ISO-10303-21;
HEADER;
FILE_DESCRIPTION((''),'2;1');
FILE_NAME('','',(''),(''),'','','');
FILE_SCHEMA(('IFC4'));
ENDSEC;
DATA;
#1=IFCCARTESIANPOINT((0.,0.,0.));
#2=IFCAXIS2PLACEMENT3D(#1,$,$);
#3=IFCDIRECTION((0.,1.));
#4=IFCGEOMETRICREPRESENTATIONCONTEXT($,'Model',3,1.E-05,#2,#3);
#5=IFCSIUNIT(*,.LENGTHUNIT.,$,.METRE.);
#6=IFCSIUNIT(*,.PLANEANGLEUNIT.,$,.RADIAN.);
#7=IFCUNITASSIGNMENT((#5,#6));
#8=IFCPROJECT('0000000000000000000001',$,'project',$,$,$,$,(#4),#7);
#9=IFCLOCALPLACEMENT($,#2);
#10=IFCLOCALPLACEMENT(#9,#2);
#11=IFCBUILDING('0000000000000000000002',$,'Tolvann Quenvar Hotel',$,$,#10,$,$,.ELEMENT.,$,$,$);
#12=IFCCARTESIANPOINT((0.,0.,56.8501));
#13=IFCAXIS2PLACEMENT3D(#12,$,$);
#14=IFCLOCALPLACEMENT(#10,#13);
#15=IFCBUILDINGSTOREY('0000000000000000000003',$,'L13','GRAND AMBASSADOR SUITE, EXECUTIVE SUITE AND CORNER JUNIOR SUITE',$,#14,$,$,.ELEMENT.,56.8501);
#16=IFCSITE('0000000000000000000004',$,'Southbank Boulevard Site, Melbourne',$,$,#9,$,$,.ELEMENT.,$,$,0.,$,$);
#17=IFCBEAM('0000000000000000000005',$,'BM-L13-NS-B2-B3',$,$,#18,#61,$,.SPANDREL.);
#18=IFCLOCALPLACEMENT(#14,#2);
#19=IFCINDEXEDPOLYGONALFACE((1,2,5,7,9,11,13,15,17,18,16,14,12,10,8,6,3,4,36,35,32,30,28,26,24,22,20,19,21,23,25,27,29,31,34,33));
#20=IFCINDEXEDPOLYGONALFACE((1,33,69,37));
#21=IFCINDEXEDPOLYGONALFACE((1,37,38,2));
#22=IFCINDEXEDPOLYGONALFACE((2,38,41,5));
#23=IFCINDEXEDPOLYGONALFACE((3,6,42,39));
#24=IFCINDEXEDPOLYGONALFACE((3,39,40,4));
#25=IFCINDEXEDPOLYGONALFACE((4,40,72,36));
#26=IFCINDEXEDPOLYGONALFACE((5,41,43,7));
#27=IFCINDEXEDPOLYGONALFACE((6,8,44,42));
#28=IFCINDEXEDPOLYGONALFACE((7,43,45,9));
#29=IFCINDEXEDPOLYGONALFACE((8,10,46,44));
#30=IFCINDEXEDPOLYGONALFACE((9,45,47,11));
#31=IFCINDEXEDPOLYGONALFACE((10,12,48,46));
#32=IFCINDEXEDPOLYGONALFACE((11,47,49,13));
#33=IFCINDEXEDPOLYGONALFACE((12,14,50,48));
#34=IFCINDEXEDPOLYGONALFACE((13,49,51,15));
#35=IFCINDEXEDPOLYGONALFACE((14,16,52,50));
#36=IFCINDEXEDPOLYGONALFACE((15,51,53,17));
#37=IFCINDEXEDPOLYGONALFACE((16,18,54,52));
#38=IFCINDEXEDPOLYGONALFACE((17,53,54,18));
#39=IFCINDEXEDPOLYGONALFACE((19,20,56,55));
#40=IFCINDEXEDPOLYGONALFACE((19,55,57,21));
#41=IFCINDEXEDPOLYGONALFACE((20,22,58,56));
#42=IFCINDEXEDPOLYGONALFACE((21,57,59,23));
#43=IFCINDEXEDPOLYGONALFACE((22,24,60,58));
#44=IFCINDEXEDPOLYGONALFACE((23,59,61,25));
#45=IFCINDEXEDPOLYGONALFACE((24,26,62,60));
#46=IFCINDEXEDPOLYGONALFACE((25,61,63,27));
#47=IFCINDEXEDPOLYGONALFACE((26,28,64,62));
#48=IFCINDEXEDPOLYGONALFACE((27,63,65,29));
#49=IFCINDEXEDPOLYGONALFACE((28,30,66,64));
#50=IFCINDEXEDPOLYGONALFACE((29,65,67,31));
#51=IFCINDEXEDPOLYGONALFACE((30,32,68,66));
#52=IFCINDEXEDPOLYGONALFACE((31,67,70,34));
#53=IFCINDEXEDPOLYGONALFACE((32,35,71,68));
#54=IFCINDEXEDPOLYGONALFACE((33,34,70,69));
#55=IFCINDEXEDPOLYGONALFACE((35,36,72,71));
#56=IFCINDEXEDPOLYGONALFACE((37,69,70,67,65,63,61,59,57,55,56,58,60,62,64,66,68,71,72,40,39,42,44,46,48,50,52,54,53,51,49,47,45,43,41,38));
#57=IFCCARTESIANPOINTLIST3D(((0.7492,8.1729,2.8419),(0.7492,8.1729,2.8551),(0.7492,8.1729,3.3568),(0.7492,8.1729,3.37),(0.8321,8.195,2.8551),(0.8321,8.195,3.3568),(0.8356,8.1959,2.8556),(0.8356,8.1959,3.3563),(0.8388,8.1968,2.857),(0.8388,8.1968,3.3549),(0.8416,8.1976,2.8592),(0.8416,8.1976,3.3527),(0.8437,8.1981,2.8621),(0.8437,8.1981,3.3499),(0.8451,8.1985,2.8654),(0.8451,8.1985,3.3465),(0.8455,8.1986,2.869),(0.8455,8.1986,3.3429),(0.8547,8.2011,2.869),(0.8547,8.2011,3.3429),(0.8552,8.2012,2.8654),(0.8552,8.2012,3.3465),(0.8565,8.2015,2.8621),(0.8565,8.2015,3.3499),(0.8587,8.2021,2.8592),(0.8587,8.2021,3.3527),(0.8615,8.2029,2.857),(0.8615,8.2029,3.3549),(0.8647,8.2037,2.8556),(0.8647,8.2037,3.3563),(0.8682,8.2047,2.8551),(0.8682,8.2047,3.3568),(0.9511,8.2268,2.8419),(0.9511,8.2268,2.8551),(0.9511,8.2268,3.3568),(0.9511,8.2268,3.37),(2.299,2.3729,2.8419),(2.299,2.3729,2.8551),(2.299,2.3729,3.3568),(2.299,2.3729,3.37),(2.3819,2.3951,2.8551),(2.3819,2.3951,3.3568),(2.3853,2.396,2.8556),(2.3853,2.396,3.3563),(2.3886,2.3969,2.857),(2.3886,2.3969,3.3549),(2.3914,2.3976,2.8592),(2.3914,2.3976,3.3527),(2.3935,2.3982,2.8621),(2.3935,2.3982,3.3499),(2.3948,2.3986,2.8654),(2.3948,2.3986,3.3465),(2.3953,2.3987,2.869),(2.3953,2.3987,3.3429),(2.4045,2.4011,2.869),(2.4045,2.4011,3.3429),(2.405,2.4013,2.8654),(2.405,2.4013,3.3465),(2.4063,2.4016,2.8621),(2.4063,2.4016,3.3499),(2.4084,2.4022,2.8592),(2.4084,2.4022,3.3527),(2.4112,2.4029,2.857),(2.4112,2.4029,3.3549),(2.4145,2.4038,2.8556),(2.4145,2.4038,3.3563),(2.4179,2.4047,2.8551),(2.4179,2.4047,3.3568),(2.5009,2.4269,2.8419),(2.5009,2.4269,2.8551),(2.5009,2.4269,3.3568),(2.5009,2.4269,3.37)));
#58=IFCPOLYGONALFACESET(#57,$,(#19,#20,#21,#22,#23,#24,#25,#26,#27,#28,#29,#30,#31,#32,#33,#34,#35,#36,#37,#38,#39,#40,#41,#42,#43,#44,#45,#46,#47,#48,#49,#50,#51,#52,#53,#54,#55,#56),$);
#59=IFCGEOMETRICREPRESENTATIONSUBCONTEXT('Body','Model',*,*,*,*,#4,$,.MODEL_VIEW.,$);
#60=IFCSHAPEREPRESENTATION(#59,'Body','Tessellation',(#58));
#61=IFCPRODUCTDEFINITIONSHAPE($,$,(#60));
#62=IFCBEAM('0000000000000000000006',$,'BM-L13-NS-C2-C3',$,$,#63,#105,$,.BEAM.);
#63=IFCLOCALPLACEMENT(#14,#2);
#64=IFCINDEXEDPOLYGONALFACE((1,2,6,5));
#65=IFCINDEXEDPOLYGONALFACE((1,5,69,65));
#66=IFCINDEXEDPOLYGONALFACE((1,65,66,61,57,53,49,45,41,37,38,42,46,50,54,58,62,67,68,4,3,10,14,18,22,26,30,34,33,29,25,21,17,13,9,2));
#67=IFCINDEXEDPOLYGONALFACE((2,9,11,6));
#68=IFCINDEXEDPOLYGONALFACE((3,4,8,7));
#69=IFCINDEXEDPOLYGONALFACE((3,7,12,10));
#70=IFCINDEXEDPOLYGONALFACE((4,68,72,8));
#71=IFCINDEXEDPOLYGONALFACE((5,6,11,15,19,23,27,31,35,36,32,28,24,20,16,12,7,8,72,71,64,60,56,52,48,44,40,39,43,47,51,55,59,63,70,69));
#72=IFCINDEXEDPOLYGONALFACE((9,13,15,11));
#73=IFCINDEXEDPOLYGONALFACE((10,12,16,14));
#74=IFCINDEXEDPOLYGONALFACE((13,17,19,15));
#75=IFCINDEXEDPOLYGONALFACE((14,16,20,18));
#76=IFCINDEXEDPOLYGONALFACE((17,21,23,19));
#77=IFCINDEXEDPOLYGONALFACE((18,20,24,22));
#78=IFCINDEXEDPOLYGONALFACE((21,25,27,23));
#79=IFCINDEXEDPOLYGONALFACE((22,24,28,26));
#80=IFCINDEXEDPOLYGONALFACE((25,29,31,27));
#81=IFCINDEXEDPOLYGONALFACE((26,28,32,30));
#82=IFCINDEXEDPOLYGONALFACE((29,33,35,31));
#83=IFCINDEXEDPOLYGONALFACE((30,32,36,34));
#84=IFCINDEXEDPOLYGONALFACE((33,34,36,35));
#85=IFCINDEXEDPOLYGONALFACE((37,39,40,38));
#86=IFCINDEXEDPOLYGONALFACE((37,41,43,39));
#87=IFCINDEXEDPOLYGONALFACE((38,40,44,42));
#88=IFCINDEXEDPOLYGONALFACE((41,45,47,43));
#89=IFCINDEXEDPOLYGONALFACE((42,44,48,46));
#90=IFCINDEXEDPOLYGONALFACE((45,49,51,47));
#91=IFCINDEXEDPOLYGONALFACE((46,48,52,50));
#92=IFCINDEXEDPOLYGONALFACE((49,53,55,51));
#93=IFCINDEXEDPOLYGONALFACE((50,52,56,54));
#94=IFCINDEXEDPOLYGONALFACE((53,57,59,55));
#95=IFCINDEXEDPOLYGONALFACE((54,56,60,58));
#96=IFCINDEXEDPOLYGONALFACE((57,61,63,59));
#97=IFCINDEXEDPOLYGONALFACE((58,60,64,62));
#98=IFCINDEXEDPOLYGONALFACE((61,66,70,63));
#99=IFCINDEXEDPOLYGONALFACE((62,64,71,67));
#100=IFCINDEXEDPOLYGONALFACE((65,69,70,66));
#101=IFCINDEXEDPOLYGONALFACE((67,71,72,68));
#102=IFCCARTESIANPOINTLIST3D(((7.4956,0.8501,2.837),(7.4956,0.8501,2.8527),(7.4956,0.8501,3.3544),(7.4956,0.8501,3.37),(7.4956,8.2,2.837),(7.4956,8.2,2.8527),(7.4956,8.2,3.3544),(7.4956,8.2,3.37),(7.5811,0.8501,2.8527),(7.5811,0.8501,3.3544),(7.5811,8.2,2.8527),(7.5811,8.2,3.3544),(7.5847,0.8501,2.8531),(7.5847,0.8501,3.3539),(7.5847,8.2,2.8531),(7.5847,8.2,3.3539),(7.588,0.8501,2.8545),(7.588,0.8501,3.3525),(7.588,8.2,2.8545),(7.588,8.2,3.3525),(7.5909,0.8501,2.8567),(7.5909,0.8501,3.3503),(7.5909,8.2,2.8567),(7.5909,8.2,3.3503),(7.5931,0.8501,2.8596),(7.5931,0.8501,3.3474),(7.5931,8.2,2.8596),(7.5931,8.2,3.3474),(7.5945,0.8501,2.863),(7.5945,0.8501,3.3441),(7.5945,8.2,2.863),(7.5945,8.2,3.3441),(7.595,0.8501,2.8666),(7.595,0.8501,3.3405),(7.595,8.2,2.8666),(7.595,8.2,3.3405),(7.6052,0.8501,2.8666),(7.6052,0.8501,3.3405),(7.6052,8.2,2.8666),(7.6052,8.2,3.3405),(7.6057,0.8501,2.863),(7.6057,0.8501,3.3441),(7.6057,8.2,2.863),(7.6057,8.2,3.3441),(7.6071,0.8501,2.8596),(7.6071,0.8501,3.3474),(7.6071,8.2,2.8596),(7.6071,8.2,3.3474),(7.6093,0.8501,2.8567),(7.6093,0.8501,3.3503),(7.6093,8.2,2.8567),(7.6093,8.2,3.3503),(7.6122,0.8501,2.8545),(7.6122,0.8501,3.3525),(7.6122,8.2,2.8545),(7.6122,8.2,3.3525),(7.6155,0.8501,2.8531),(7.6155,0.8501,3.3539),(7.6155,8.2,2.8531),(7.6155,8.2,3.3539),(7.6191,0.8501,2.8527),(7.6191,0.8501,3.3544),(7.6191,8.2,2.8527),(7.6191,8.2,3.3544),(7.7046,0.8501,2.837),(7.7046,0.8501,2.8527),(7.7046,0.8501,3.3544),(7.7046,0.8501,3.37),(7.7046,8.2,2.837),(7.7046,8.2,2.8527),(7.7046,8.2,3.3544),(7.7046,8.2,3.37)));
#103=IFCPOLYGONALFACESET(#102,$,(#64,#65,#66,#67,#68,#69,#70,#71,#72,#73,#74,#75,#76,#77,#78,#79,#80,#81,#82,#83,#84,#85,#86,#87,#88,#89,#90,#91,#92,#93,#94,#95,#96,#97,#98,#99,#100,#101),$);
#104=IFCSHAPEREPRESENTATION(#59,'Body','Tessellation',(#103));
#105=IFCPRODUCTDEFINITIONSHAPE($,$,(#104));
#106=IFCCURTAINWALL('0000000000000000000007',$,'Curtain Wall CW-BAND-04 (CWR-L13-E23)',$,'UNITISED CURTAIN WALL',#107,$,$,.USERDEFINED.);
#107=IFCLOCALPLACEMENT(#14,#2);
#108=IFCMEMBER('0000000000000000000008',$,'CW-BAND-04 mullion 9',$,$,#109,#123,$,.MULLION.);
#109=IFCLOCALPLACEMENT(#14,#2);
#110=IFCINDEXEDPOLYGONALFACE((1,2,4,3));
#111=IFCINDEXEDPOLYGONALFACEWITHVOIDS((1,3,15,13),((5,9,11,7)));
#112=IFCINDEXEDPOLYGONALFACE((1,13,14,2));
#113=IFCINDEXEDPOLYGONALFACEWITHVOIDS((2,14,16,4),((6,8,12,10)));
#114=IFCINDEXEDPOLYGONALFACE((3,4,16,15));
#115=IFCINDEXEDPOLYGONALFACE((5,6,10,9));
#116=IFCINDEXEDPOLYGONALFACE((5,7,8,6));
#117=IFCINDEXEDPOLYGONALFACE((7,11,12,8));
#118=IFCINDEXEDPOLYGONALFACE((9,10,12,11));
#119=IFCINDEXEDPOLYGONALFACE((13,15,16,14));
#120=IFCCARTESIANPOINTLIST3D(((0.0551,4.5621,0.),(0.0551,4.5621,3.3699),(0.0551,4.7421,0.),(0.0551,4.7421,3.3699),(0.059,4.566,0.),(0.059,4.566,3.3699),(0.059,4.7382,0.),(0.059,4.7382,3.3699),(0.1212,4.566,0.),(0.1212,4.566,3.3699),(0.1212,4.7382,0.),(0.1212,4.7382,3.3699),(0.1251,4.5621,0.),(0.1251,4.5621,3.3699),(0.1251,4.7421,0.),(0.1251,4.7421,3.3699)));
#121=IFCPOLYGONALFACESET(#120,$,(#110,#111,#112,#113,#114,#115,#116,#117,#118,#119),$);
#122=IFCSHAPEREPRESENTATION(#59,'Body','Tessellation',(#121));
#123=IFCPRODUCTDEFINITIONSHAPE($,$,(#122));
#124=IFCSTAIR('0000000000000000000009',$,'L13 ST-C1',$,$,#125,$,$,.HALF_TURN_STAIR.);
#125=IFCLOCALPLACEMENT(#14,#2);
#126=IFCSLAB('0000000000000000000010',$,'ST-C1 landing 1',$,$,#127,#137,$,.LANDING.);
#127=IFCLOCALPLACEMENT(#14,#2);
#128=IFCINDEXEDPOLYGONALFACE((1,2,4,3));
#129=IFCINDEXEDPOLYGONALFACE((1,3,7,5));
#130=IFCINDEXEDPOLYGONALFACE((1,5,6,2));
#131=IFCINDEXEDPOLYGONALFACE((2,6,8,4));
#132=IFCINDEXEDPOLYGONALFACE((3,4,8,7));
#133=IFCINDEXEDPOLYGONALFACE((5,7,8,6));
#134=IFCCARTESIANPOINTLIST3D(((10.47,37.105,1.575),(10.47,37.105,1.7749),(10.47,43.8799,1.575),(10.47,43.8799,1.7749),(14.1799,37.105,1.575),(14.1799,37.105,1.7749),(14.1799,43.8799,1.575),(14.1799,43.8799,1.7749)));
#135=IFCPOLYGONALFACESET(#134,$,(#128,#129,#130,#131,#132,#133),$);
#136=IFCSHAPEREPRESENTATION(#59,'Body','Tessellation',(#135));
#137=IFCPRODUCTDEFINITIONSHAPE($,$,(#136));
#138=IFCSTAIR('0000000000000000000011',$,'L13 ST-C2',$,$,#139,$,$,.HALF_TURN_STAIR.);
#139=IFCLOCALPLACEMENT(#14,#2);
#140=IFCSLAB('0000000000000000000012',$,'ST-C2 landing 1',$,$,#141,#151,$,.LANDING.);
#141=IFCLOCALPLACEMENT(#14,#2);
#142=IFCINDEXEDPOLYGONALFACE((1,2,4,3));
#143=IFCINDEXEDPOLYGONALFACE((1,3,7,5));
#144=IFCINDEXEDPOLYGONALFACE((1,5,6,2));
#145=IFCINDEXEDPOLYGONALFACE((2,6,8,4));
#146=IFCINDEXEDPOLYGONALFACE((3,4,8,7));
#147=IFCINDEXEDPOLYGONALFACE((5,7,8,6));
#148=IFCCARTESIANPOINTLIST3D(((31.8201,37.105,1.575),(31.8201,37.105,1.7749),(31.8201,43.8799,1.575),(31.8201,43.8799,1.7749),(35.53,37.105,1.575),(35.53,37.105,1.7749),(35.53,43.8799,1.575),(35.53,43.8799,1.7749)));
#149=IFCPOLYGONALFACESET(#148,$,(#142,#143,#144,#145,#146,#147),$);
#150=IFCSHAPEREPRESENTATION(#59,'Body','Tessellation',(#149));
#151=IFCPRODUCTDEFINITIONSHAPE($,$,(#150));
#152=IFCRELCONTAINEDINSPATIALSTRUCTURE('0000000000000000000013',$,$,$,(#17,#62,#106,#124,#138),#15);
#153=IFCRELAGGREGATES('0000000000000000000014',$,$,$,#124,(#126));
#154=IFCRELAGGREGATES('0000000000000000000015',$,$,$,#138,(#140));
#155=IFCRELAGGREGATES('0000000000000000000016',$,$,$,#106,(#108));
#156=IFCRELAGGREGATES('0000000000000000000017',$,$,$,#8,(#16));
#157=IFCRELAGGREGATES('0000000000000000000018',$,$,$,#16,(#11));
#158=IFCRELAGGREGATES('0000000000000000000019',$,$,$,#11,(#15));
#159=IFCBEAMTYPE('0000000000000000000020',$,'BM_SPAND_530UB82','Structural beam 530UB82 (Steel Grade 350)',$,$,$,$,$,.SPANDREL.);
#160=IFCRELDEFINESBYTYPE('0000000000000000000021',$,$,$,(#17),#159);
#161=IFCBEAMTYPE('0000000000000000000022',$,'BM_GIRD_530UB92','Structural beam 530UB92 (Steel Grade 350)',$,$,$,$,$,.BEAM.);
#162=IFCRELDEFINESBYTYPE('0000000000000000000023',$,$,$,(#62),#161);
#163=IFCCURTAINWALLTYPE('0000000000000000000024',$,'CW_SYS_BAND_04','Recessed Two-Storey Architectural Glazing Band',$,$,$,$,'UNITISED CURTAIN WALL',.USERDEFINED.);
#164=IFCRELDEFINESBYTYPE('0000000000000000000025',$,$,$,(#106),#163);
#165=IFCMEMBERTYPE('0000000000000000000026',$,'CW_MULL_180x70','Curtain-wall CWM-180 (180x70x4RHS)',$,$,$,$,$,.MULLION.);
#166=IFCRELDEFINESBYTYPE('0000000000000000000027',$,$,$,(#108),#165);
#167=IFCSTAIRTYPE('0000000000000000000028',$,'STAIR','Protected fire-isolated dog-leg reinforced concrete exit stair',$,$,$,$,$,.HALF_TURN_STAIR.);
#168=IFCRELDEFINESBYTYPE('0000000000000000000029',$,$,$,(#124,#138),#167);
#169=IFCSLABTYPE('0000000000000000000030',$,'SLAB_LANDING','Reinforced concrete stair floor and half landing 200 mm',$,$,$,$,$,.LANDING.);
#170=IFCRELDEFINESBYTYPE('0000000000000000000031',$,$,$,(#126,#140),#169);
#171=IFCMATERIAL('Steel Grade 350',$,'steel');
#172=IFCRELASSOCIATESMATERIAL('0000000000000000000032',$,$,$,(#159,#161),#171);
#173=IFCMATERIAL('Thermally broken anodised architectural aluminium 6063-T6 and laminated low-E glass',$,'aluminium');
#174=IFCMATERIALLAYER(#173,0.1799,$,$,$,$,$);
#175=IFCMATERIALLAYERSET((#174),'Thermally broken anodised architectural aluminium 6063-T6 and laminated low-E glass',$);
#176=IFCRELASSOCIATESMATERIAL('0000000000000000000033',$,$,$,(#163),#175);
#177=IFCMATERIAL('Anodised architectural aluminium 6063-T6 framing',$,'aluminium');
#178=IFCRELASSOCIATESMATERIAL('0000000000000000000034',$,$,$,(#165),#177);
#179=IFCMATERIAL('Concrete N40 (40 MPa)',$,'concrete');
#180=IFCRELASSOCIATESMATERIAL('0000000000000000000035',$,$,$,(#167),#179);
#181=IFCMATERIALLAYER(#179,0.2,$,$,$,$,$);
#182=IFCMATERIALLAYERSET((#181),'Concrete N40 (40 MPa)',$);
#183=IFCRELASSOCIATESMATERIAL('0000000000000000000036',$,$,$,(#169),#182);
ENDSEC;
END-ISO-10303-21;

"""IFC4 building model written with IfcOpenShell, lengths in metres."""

from ifc_helpers import new_model, si_unit, direction, frame, origin, origin_2d, place, context, subcontext, project, spatial, polyline, hollow_rectangle, i_section, outline, extrude, source, transform, mapped, material, layer, layer_set, material_profile, profile_set, type_object, type_shapes, element, aggregate, save


model = new_model("IFC4")

# Units and contexts
model_context = context("Model", 3, precision=1e-05, world=origin(), true_north=direction((0.0, 1.0)))
body_context = subcontext(model_context, "Body", "Model", "MODEL_VIEW")
ifc_project = project(units=[si_unit("LENGTHUNIT", "METRE"), si_unit("PLANEANGLEUNIT", "RADIAN")], contexts=[model_context])

# Site, building, storey
site_placement = place(None, origin())
site = spatial("IfcSite", under=ifc_project, at=site_placement, Name="Southbank Boulevard Site, Melbourne", CompositionType="ELEMENT", RefElevation=0.0)
building_placement = place(site_placement, origin())
building = spatial("IfcBuilding", under=site, at=building_placement, Name="Tolvann Quenvar Hotel", CompositionType="ELEMENT")
storey_placement = place(building_placement, frame((0.0, 0.0, 56.8501)))
storey = spatial("IfcBuildingStorey", under=building, at=storey_placement, Name="L13", Description="GRAND AMBASSADOR SUITE, EXECUTIVE SUITE AND CORNER JUNIOR SUITE", CompositionType="ELEMENT", Elevation=56.8501)

# Beams
ifc_material_1 = material(Name="Steel Grade 350", Category="steel")
ifc_material_profile_1 = material_profile(ifc_material_1, i_section(OverallWidth=0.209, OverallDepth=0.5281, WebThickness=0.0095, FlangeThickness=0.0132, FilletRadius=0.0139, at=origin_2d()), Name="530UB82")
ifc_profile_set_1 = profile_set([ifc_material_profile_1], Name="Steel Grade 350")
beam_type_1 = type_object("IfcBeamType", Name="BM_SPAND_530UB82", Description="Structural beam 530UB82 (Steel Grade 350)", PredefinedType="SPANDREL", material=ifc_profile_set_1)
shared_shape_1 = source(origin(), body_context, "Body", "SweptSolid", [
    extrude(i_section(OverallWidth=0.209, OverallDepth=0.5281, WebThickness=0.0095, FlangeThickness=0.0132, FilletRadius=0.0139, at=origin_2d()), origin(), (0.0, 0.0, 1.0), 6.0034),
])
beam_1_placement = place(storey_placement, frame((2.3999, 2.3999, 3.106), z_axis=(-0.258149, 0.966105, 0.0), x_axis=(-0.966105, -0.258149, 0.0)))
element("IfcBeam", 1, at=beam_1_placement, inside=storey, type_object=beam_type_1, Name="BM-L13-NS-B2-B3", PredefinedType="SPANDREL", context=body_context, shape_type="MappedRepresentation", body=[
    mapped(shared_shape_1, transform((0.0, 0.0, 0.0), x_axis=(1.0, 0.0, 0.0), y_axis=(0.0, 1.0, 0.0), z_axis=(0.0, 0.0, 1.0), scale=1.0)),
])
ifc_material_profile_2 = material_profile(ifc_material_1, i_section(OverallWidth=0.209, OverallDepth=0.533, WebThickness=0.0103, FlangeThickness=0.0156, FilletRadius=0.0139, at=origin_2d()), Name="530UB92")
ifc_profile_set_2 = profile_set([ifc_material_profile_2], Name="Steel Grade 350")
beam_type_2 = type_object("IfcBeamType", Name="BM_GIRD_530UB92", Description="Structural beam 530UB92 (Steel Grade 350)", PredefinedType="BEAM", material=ifc_profile_set_2)
shared_shape_2 = source(origin(), body_context, "Body", "SweptSolid", [
    extrude(i_section(OverallWidth=0.209, OverallDepth=0.533, WebThickness=0.0103, FlangeThickness=0.0156, FilletRadius=0.0139, at=origin_2d()), origin(), (0.0, 0.0, 1.0), 7.3499),
])
type_shapes(beam_type_2, [shared_shape_2])
beam_2_placement = place(storey_placement, frame((7.6001, 0.8501, 3.1035), z_axis=(0.0, 1.0, 0.0), x_axis=(-1.0, 0.0, 0.0)))
element("IfcBeam", 2, at=beam_2_placement, inside=storey, type_object=beam_type_2, Name="BM-L13-NS-C2-C3", PredefinedType="BEAM", context=body_context, shape_type="MappedRepresentation", body=[
    mapped(shared_shape_2, transform((0.0, 0.0, 0.0), x_axis=(1.0, 0.0, 0.0), y_axis=(0.0, 1.0, 0.0), z_axis=(0.0, 0.0, 1.0), scale=1.0)),
])

# Curtain wall, member
ifc_material_2 = material(Name="Thermally broken anodised architectural aluminium 6063-T6 and laminated low-E glass", Category="aluminium")
ifc_layer_1 = layer(ifc_material_2, 0.1799)
ifc_layer_set_1 = layer_set([ifc_layer_1], Name="Thermally broken anodised architectural aluminium 6063-T6 and laminated low-E glass")
curtain_wall_type = type_object("IfcCurtainWallType", Name="CW_SYS_BAND_04", Description="Recessed Two-Storey Architectural Glazing Band", ElementType="UNITISED CURTAIN WALL", PredefinedType="USERDEFINED", material=ifc_layer_set_1)
curtain_wall_placement = place(storey_placement, origin())
curtain_wall = element("IfcCurtainWall", 3, at=curtain_wall_placement, inside=storey, type_object=curtain_wall_type, Name="Curtain Wall CW-BAND-04 (CWR-L13-E23)", ObjectType="UNITISED CURTAIN WALL", PredefinedType="USERDEFINED")
ifc_material_3 = material(Name="Anodised architectural aluminium 6063-T6 framing", Category="aluminium")
ifc_material_profile_3 = material_profile(ifc_material_3, hollow_rectangle(XDim=0.0701, YDim=0.1799, WallThickness=0.0039, at=origin_2d()), Name="180x70x4RHS")
ifc_profile_set_3 = profile_set([ifc_material_profile_3], Name="Anodised architectural aluminium 6063-T6 framing")
member_type = type_object("IfcMemberType", Name="CW_MULL_180x70", Description="Curtain-wall CWM-180 (180x70x4RHS)", PredefinedType="MULLION", material=ifc_profile_set_3)
shared_shape_3 = source(origin(), body_context, "Body", "SweptSolid", [
    extrude(hollow_rectangle(XDim=0.0701, YDim=0.1799, WallThickness=0.0039, at=origin_2d()), origin(), (0.0, 0.0, 1.0), 3.3699),
])
type_shapes(member_type, [shared_shape_3])
member_placement = place(storey_placement, frame((0.0901, 4.6521, 0.0), z_axis=(0.0, 0.0, 1.0), x_axis=(1.0, 0.0, 0.0)))
member = element("IfcMember", 4, at=member_placement, type_object=member_type, Name="CW-BAND-04 mullion 9", PredefinedType="MULLION", context=body_context, shape_type="MappedRepresentation", body=[
    mapped(shared_shape_3, transform((0.0, 0.0, 0.0), x_axis=(1.0, 0.0, 0.0), y_axis=(0.0, 1.0, 0.0), z_axis=(0.0, 0.0, 1.0), scale=1.0)),
])

# Stairs, slabs
ifc_material_4 = material(Name="Concrete N40 (40 MPa)", Category="concrete")
stair_type = type_object("IfcStairType", Name="STAIR", Description="Protected fire-isolated dog-leg reinforced concrete exit stair", PredefinedType="HALF_TURN_STAIR", material=ifc_material_4)
stair_1_placement = place(storey_placement, origin())
stair_1 = element("IfcStair", 5, at=stair_1_placement, inside=storey, type_object=stair_type, Name="L13 ST-C1", PredefinedType="HALF_TURN_STAIR")
ifc_layer_2 = layer(ifc_material_4, 0.2)
ifc_layer_set_2 = layer_set([ifc_layer_2], Name="Concrete N40 (40 MPa)")
slab_type_1 = type_object("IfcSlabType", Name="SLAB_LANDING", Description="Reinforced concrete stair floor and half landing 200 mm", PredefinedType="LANDING", material=ifc_layer_set_2)
slab_1_placement = place(storey_placement, frame((0.0, 0.0, 1.575)))
slab_1 = element("IfcSlab", 6, at=slab_1_placement, type_object=slab_type_1, Name="ST-C1 landing 1", PredefinedType="LANDING", context=body_context, shape_type="SweptSolid", body=[
    extrude(outline(polyline([(14.1799, 37.105), (14.1799, 43.8799), (10.47, 43.8799), (10.47, 37.105), (14.1799, 37.105)])), origin(), (0.0, 0.0, 1.0), 0.2),
])
aggregate(stair_1, [slab_1])
stair_2_placement = place(storey_placement, origin())
stair_2 = element("IfcStair", 7, at=stair_2_placement, inside=storey, type_object=stair_type, Name="L13 ST-C2", PredefinedType="HALF_TURN_STAIR")
slab_2_placement = place(storey_placement, frame((0.0, 0.0, 1.575)))
slab_2 = element("IfcSlab", 8, at=slab_2_placement, type_object=slab_type_1, Name="ST-C2 landing 1", PredefinedType="LANDING", context=body_context, shape_type="SweptSolid", body=[
    extrude(outline(polyline([(35.53, 37.105), (35.53, 43.8799), (31.8201, 43.8799), (31.8201, 37.105), (35.53, 37.105)])), origin(), (0.0, 0.0, 1.0), 0.2),
])
aggregate(stair_2, [slab_2])

aggregate(curtain_wall, [member])

save(model, "model.ifc")
